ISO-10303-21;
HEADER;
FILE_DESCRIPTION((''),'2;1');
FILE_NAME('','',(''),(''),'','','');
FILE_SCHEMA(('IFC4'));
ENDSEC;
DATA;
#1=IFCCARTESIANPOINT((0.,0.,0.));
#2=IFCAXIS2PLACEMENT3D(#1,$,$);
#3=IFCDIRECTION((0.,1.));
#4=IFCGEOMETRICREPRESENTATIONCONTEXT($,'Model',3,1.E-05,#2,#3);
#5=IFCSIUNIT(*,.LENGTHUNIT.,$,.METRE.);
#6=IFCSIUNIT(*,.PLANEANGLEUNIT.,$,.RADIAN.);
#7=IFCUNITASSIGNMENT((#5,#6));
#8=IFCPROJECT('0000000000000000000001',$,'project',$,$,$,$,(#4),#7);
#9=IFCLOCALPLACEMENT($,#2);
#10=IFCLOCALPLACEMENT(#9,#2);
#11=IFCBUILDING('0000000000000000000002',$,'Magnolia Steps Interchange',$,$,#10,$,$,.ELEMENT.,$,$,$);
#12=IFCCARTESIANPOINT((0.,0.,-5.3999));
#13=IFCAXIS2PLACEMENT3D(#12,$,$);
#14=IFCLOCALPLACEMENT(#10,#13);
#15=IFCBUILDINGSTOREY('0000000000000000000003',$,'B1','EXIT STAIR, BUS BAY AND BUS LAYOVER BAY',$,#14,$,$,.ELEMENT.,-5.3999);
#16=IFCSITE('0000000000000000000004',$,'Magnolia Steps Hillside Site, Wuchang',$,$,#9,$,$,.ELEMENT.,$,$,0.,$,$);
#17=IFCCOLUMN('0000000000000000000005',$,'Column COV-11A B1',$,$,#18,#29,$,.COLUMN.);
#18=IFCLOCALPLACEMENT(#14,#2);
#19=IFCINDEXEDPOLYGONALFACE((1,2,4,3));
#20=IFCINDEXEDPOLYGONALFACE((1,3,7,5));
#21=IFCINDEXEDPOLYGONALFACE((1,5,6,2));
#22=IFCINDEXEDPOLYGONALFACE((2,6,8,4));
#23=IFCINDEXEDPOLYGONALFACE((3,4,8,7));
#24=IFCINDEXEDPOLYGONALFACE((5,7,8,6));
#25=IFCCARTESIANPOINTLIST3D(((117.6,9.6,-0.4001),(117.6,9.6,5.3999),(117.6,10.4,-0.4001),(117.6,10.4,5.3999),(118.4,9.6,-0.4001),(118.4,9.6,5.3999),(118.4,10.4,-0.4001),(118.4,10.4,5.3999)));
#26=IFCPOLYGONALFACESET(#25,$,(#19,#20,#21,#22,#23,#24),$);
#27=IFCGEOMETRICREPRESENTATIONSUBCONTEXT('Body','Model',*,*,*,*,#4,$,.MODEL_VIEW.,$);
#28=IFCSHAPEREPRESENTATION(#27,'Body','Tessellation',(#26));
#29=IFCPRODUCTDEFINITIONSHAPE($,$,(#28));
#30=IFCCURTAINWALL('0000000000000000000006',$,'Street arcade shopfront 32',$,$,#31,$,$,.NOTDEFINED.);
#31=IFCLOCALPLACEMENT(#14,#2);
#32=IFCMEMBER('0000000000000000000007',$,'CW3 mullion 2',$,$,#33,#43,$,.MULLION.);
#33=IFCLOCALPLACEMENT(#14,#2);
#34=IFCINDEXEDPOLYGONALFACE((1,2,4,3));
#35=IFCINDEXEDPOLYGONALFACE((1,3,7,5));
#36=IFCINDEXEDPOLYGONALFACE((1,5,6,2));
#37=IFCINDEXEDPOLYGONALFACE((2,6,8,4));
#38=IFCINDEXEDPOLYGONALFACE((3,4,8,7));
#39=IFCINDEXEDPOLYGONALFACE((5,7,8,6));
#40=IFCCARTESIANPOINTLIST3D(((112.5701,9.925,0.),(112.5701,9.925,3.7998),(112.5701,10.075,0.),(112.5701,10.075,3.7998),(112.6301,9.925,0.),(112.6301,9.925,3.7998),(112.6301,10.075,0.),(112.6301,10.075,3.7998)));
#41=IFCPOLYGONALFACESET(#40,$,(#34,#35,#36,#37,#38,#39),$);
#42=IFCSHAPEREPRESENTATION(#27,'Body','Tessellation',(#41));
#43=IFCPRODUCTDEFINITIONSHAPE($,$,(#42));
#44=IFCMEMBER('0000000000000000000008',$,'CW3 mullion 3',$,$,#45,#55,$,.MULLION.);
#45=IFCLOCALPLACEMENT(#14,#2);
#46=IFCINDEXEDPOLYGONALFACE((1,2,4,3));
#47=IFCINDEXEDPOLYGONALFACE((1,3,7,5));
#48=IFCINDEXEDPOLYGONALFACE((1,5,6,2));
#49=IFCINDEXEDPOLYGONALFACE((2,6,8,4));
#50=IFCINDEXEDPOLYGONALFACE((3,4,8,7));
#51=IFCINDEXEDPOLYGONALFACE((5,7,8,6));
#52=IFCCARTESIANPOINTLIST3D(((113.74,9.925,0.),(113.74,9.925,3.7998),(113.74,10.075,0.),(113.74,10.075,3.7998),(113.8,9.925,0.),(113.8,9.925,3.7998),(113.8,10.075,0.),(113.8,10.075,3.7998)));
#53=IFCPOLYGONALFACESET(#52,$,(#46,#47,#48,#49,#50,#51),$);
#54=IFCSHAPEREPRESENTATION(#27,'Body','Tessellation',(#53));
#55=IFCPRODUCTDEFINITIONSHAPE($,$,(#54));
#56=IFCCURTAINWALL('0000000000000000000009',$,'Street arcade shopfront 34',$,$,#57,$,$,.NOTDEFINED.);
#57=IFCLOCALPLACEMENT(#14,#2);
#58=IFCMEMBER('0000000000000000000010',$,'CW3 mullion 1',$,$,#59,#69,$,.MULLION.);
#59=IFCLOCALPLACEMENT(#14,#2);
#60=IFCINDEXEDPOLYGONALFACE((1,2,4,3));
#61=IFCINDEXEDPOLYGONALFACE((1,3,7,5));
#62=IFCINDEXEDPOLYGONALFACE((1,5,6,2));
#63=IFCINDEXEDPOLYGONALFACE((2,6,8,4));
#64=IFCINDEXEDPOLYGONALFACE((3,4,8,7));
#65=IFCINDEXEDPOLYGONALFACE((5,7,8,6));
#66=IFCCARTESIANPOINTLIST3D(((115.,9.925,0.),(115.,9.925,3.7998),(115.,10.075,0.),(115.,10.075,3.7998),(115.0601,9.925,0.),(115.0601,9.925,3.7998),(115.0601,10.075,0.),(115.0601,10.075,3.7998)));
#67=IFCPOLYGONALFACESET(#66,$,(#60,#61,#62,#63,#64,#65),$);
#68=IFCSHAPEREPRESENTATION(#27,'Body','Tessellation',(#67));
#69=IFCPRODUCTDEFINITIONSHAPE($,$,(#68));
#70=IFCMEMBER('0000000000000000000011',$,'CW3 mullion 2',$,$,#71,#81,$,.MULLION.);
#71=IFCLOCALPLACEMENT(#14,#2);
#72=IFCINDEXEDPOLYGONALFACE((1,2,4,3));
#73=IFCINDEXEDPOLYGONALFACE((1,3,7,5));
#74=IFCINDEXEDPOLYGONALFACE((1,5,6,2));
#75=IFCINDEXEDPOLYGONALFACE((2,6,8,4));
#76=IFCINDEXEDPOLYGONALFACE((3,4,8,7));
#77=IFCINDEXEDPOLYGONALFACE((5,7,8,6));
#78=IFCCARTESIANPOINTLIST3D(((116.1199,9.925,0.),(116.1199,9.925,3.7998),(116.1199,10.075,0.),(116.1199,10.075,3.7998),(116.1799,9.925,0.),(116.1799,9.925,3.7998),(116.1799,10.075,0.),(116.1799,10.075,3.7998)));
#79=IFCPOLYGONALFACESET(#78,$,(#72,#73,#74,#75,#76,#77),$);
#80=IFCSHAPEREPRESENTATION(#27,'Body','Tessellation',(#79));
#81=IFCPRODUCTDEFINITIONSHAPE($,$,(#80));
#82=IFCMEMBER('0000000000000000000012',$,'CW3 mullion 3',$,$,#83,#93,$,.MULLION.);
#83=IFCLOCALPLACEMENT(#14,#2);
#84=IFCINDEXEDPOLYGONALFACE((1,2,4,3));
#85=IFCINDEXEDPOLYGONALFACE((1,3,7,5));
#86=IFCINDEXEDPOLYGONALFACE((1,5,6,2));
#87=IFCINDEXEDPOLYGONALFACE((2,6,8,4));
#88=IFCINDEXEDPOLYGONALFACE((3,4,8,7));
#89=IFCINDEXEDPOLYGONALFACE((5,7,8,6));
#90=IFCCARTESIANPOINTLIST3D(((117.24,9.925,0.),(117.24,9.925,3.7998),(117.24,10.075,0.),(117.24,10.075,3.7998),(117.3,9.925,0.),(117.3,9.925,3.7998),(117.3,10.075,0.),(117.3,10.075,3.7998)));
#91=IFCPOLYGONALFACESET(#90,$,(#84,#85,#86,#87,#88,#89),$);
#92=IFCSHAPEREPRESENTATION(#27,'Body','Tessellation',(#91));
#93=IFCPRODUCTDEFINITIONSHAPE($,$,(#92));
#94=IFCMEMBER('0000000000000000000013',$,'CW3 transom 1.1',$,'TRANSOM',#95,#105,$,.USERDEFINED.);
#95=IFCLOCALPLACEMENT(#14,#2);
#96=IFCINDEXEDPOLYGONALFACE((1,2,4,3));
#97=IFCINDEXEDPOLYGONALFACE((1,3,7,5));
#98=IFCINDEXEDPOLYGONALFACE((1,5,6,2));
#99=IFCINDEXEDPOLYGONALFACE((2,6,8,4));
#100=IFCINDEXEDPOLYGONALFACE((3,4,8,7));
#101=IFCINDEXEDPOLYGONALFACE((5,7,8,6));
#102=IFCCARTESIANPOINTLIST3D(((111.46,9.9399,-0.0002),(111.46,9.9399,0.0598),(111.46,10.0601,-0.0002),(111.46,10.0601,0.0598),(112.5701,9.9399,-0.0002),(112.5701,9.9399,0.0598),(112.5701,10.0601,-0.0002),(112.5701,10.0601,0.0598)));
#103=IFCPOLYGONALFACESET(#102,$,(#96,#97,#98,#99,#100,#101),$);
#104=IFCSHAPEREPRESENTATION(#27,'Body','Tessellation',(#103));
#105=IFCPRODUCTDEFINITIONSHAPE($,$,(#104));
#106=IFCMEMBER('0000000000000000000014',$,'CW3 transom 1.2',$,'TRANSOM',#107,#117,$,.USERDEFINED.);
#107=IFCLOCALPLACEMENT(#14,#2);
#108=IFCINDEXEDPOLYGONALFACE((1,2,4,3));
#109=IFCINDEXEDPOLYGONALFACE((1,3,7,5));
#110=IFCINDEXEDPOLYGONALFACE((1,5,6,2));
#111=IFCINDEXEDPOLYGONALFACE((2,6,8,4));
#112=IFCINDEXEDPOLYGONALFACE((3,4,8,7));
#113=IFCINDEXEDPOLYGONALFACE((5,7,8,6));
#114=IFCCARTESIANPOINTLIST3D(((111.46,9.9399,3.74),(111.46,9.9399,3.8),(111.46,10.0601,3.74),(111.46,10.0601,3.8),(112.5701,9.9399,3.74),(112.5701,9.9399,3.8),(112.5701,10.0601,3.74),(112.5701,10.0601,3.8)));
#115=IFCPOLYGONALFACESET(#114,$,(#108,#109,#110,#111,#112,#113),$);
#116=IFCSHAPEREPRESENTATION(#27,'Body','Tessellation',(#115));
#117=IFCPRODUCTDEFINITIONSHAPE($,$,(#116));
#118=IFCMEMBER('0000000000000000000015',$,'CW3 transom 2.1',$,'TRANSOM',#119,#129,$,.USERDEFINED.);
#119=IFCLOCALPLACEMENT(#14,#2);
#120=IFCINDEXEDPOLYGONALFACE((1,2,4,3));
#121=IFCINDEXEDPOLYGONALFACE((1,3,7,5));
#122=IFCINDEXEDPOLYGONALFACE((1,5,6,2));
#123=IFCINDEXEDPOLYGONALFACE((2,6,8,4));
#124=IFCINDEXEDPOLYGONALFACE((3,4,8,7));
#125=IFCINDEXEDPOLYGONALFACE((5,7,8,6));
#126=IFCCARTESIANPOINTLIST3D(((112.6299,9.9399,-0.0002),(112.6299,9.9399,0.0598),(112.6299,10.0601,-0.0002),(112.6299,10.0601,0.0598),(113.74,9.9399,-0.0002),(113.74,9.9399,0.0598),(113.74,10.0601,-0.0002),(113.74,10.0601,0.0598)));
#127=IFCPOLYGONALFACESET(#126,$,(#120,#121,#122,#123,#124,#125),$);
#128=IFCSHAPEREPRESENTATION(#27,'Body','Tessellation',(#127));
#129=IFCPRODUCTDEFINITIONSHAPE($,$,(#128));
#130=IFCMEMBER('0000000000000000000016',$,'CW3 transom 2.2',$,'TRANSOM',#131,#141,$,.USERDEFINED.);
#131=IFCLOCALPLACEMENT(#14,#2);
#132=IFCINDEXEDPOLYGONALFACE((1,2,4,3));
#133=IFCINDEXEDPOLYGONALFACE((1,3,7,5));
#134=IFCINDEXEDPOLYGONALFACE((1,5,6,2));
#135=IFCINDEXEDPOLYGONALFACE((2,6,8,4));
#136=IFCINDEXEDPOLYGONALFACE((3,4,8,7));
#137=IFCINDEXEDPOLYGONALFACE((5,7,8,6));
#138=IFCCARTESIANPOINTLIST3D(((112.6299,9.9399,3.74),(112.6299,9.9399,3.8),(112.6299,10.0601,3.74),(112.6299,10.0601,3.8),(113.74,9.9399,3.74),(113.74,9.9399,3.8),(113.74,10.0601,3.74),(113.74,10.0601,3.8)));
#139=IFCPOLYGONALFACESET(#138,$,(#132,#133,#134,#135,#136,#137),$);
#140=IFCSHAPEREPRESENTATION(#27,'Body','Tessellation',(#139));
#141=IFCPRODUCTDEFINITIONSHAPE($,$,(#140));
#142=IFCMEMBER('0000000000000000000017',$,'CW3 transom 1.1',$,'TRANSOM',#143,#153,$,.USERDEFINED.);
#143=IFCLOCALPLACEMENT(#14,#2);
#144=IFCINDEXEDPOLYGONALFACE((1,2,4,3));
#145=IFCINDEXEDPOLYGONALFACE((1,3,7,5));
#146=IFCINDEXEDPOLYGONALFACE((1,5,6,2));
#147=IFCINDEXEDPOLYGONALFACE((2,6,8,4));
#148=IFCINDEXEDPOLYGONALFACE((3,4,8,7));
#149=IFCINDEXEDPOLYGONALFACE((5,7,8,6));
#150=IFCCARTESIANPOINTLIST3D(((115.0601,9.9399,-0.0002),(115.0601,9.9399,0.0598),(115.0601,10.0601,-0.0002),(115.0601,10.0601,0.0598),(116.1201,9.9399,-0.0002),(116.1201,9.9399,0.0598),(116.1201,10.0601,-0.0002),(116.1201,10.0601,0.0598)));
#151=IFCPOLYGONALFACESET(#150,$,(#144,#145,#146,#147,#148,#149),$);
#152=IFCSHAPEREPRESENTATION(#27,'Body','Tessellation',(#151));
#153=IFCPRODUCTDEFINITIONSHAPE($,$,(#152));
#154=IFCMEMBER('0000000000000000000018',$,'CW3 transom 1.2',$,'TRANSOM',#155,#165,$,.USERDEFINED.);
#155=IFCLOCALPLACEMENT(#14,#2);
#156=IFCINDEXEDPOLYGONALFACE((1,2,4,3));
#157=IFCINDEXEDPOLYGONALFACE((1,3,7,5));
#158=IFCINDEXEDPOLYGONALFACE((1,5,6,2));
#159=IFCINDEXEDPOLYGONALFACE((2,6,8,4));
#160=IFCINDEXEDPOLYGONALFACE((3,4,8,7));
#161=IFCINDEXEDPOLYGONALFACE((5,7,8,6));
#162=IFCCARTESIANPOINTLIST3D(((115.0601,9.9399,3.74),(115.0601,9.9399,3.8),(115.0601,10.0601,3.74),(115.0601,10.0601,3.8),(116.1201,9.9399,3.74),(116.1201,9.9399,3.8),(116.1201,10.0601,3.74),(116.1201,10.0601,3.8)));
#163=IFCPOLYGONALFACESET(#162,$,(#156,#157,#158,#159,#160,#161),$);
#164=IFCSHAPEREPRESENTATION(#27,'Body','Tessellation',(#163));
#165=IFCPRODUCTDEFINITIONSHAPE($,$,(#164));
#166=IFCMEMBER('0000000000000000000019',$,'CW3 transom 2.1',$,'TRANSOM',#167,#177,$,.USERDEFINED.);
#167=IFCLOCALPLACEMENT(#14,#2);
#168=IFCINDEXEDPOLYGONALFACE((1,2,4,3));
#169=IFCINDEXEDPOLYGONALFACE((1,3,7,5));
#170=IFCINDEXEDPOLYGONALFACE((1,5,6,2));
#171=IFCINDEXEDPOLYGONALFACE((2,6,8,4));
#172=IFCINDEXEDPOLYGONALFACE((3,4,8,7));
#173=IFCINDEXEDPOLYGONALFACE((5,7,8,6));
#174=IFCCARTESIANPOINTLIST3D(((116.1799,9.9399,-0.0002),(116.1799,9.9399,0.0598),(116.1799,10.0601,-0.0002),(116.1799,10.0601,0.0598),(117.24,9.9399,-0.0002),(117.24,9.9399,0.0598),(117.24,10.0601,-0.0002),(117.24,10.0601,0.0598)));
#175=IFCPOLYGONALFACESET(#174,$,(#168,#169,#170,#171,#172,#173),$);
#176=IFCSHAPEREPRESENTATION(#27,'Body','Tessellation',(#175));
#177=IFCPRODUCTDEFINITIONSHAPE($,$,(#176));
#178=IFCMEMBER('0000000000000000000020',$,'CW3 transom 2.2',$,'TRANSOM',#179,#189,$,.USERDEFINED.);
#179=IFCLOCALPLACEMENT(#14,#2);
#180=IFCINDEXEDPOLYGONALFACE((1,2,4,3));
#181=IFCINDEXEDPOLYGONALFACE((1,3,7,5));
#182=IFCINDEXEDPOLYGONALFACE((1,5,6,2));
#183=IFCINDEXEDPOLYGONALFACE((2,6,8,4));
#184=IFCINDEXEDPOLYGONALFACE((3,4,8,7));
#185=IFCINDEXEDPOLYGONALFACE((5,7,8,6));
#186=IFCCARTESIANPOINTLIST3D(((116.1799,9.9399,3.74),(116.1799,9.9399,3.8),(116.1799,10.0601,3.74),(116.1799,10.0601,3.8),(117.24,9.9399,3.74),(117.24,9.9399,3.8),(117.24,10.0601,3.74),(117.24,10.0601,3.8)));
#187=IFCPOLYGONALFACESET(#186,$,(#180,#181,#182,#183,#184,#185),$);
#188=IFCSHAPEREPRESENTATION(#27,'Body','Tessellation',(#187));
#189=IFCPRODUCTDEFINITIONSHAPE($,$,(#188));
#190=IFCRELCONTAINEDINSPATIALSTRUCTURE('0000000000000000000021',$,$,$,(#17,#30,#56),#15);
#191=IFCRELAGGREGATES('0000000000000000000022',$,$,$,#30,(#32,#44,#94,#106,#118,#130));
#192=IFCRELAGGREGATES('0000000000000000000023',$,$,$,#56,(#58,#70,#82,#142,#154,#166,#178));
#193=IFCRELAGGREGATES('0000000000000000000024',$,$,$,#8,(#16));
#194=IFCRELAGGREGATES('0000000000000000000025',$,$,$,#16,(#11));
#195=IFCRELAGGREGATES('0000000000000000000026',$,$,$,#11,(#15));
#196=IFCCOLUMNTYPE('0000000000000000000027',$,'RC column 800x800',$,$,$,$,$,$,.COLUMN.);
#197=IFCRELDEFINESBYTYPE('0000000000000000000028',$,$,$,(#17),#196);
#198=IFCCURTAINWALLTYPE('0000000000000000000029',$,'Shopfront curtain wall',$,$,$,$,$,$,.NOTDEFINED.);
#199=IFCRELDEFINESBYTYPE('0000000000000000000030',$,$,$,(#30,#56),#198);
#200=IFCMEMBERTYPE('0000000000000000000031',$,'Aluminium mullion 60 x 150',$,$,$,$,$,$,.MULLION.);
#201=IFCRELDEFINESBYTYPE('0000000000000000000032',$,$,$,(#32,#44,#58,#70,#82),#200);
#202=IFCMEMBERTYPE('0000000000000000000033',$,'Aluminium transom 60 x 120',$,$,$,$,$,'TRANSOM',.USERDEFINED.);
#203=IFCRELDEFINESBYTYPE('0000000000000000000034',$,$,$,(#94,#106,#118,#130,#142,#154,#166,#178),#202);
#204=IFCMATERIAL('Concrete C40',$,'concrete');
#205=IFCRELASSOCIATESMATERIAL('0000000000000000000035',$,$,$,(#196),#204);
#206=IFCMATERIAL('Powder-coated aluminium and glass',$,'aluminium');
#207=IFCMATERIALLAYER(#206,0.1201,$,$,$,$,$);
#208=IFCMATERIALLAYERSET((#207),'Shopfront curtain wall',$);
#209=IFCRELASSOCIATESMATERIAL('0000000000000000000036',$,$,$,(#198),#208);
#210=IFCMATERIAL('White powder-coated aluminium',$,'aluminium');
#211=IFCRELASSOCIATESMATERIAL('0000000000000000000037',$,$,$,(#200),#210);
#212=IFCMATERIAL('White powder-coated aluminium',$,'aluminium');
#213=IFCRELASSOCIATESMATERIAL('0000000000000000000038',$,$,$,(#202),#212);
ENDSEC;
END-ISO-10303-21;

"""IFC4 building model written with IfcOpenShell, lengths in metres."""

from ifc_helpers import new_model, si_unit, direction, frame, origin, origin_2d, place, context, subcontext, project, spatial, rectangle, extrude, material, layer, layer_set, material_profile, profile_set, type_object, element, aggregate, save


model = new_model("IFC4")

# Units and contexts
model_context = context("Model", 3, precision=1e-05, world=origin(), true_north=direction((0.0, 1.0)))
body_context = subcontext(model_context, "Body", "Model", "MODEL_VIEW")
ifc_project = project(units=[si_unit("LENGTHUNIT", "METRE"), si_unit("PLANEANGLEUNIT", "RADIAN")], contexts=[model_context])

# Site, building, storey
site_placement = place(None, origin())
site = spatial("IfcSite", under=ifc_project, at=site_placement, Name="Magnolia Steps Hillside Site, Wuchang", CompositionType="ELEMENT", RefElevation=0.0)
building_placement = place(site_placement, origin())
building = spatial("IfcBuilding", under=site, at=building_placement, Name="Magnolia Steps Interchange", CompositionType="ELEMENT")
storey_placement = place(building_placement, frame((0.0, 0.0, -5.3999)))
storey = spatial("IfcBuildingStorey", under=building, at=storey_placement, Name="B1", Description="EXIT STAIR, BUS BAY AND BUS LAYOVER BAY", CompositionType="ELEMENT", Elevation=-5.3999)

# Column
ifc_material_1 = material(Name="Concrete C40", Category="concrete")
ifc_material_profile_1 = material_profile(ifc_material_1, rectangle(XDim=0.8, YDim=0.8, at=origin_2d()), Name="RC800x800")
ifc_profile_set_1 = profile_set([ifc_material_profile_1], Name="Concrete C40")
column_type = type_object("IfcColumnType", Name="RC column 800x800", PredefinedType="COLUMN", material=ifc_profile_set_1)
column_placement = place(storey_placement, frame((118.0, 10.0, -0.4001), z_axis=(0.0, 0.0, 1.0), x_axis=(1.0, 0.0, 0.0)))
element("IfcColumn", 1, at=column_placement, inside=storey, type_object=column_type, Name="Column COV-11A B1", PredefinedType="COLUMN", context=body_context, shape_type="SweptSolid", body=[
    extrude(rectangle(XDim=0.8, YDim=0.8, at=origin_2d()), origin(), (0.0, 0.0, 1.0), 5.8),
])

# Curtain walls, members
ifc_material_2 = material(Name="Powder-coated aluminium and glass", Category="aluminium")
ifc_layer_1 = layer(ifc_material_2, 0.1201)
ifc_layer_set_1 = layer_set([ifc_layer_1], Name="Shopfront curtain wall")
curtain_wall_type = type_object("IfcCurtainWallType", Name="Shopfront curtain wall", PredefinedType="NOTDEFINED", material=ifc_layer_set_1)
curtain_wall_1_placement = place(storey_placement, origin())
curtain_wall_1 = element("IfcCurtainWall", 2, at=curtain_wall_1_placement, inside=storey, type_object=curtain_wall_type, Name="Street arcade shopfront 32", PredefinedType="NOTDEFINED")
ifc_material_3 = material(Name="White powder-coated aluminium", Category="aluminium")
ifc_material_profile_2 = material_profile(ifc_material_3, rectangle(XDim=0.0601, YDim=0.1499, at=origin_2d()), Name="Aluminium mullion 60 x 150")
ifc_profile_set_2 = profile_set([ifc_material_profile_2], Name="White powder-coated aluminium")
member_type_1 = type_object("IfcMemberType", Name="Aluminium mullion 60 x 150", PredefinedType="MULLION", material=ifc_profile_set_2)
member_1_placement = place(storey_placement, frame((112.6001, 10.0, 0.0), z_axis=(0.0, 0.0, 1.0), x_axis=(1.0, 0.0, 0.0)))
member_1 = element("IfcMember", 3, at=member_1_placement, type_object=member_type_1, Name="CW3 mullion 2", PredefinedType="MULLION", context=body_context, shape_type="SweptSolid", body=[
    extrude(rectangle(XDim=0.0601, YDim=0.1499, at=origin_2d()), origin(), (0.0, 0.0, 1.0), 3.7998),
])
member_2_placement = place(storey_placement, frame((113.77, 10.0, 0.0), z_axis=(0.0, 0.0, 1.0), x_axis=(1.0, 0.0, 0.0)))
member_2 = element("IfcMember", 4, at=member_2_placement, type_object=member_type_1, Name="CW3 mullion 3", PredefinedType="MULLION", context=body_context, shape_type="SweptSolid", body=[
    extrude(rectangle(XDim=0.0601, YDim=0.1499, at=origin_2d()), origin(), (0.0, 0.0, 1.0), 3.7998),
])
curtain_wall_2_placement = place(storey_placement, origin())
curtain_wall_2 = element("IfcCurtainWall", 5, at=curtain_wall_2_placement, inside=storey, type_object=curtain_wall_type, Name="Street arcade shopfront 34", PredefinedType="NOTDEFINED")
member_3_placement = place(storey_placement, frame((115.03, 10.0, 0.0), z_axis=(0.0, 0.0, 1.0), x_axis=(1.0, 0.0, 0.0)))
member_3 = element("IfcMember", 6, at=member_3_placement, type_object=member_type_1, Name="CW3 mullion 1", PredefinedType="MULLION", context=body_context, shape_type="SweptSolid", body=[
    extrude(rectangle(XDim=0.0601, YDim=0.1499, at=origin_2d()), origin(), (0.0, 0.0, 1.0), 3.7998),
])
member_4_placement = place(storey_placement, frame((116.1499, 10.0, 0.0), z_axis=(0.0, 0.0, 1.0), x_axis=(1.0, 0.0, 0.0)))
member_4 = element("IfcMember", 7, at=member_4_placement, type_object=member_type_1, Name="CW3 mullion 2", PredefinedType="MULLION", context=body_context, shape_type="SweptSolid", body=[
    extrude(rectangle(XDim=0.0601, YDim=0.1499, at=origin_2d()), origin(), (0.0, 0.0, 1.0), 3.7998),
])
member_5_placement = place(storey_placement, frame((117.27, 10.0, 0.0), z_axis=(0.0, 0.0, 1.0), x_axis=(1.0, 0.0, 0.0)))
member_5 = element("IfcMember", 8, at=member_5_placement, type_object=member_type_1, Name="CW3 mullion 3", PredefinedType="MULLION", context=body_context, shape_type="SweptSolid", body=[
    extrude(rectangle(XDim=0.0601, YDim=0.1499, at=origin_2d()), origin(), (0.0, 0.0, 1.0), 3.7998),
])

# Members
ifc_material_4 = material(Name="White powder-coated aluminium", Category="aluminium")
ifc_material_profile_3 = material_profile(ifc_material_4, rectangle(XDim=0.0601, YDim=0.1201, at=origin_2d()), Name="Aluminium transom 60 x 120")
ifc_profile_set_3 = profile_set([ifc_material_profile_3], Name="White powder-coated aluminium")
member_type_2 = type_object("IfcMemberType", Name="Aluminium transom 60 x 120", ElementType="TRANSOM", PredefinedType="USERDEFINED", material=ifc_profile_set_3)
member_6_placement = place(storey_placement, frame((111.46, 10.0, 0.0298), z_axis=(1.0, 0.0, 0.0), x_axis=(0.0, 0.0, 1.0)))
member_6 = element("IfcMember", 9, at=member_6_placement, type_object=member_type_2, Name="CW3 transom 1.1", ObjectType="TRANSOM", PredefinedType="USERDEFINED", context=body_context, shape_type="SweptSolid", body=[
    extrude(rectangle(XDim=0.0601, YDim=0.1201, at=origin_2d()), origin(), (0.0, 0.0, 1.0), 1.1101),
])
member_7_placement = place(storey_placement, frame((111.46, 10.0, 3.77), z_axis=(1.0, 0.0, 0.0), x_axis=(0.0, 0.0, 1.0)))
member_7 = element("IfcMember", 10, at=member_7_placement, type_object=member_type_2, Name="CW3 transom 1.2", ObjectType="TRANSOM", PredefinedType="USERDEFINED", context=body_context, shape_type="SweptSolid", body=[
    extrude(rectangle(XDim=0.0601, YDim=0.1201, at=origin_2d()), origin(), (0.0, 0.0, 1.0), 1.1101),
])
member_8_placement = place(storey_placement, frame((112.6299, 10.0, 0.0298), z_axis=(1.0, 0.0, 0.0), x_axis=(0.0, 0.0, 1.0)))
member_8 = element("IfcMember", 11, at=member_8_placement, type_object=member_type_2, Name="CW3 transom 2.1", ObjectType="TRANSOM", PredefinedType="USERDEFINED", context=body_context, shape_type="SweptSolid", body=[
    extrude(rectangle(XDim=0.0601, YDim=0.1201, at=origin_2d()), origin(), (0.0, 0.0, 1.0), 1.1101),
])
member_9_placement = place(storey_placement, frame((112.6299, 10.0, 3.77), z_axis=(1.0, 0.0, 0.0), x_axis=(0.0, 0.0, 1.0)))
member_9 = element("IfcMember", 12, at=member_9_placement, type_object=member_type_2, Name="CW3 transom 2.2", ObjectType="TRANSOM", PredefinedType="USERDEFINED", context=body_context, shape_type="SweptSolid", body=[
    extrude(rectangle(XDim=0.0601, YDim=0.1201, at=origin_2d()), origin(), (0.0, 0.0, 1.0), 1.1101),
])
member_10_placement = place(storey_placement, frame((115.0601, 10.0, 0.0298), z_axis=(1.0, 0.0, 0.0), x_axis=(0.0, 0.0, 1.0)))
member_10 = element("IfcMember", 13, at=member_10_placement, type_object=member_type_2, Name="CW3 transom 1.1", ObjectType="TRANSOM", PredefinedType="USERDEFINED", context=body_context, shape_type="SweptSolid", body=[
    extrude(rectangle(XDim=0.0601, YDim=0.1201, at=origin_2d()), origin(), (0.0, 0.0, 1.0), 1.0601),
])
member_11_placement = place(storey_placement, frame((115.0601, 10.0, 3.77), z_axis=(1.0, 0.0, 0.0), x_axis=(0.0, 0.0, 1.0)))
member_11 = element("IfcMember", 14, at=member_11_placement, type_object=member_type_2, Name="CW3 transom 1.2", ObjectType="TRANSOM", PredefinedType="USERDEFINED", context=body_context, shape_type="SweptSolid", body=[
    extrude(rectangle(XDim=0.0601, YDim=0.1201, at=origin_2d()), origin(), (0.0, 0.0, 1.0), 1.0601),
])
member_12_placement = place(storey_placement, frame((116.1799, 10.0, 0.0298), z_axis=(1.0, 0.0, 0.0), x_axis=(0.0, 0.0, 1.0)))
member_12 = element("IfcMember", 15, at=member_12_placement, type_object=member_type_2, Name="CW3 transom 2.1", ObjectType="TRANSOM", PredefinedType="USERDEFINED", context=body_context, shape_type="SweptSolid", body=[
    extrude(rectangle(XDim=0.0601, YDim=0.1201, at=origin_2d()), origin(), (0.0, 0.0, 1.0), 1.0601),
])
member_13_placement = place(storey_placement, frame((116.1799, 10.0, 3.77), z_axis=(1.0, 0.0, 0.0), x_axis=(0.0, 0.0, 1.0)))
member_13 = element("IfcMember", 16, at=member_13_placement, type_object=member_type_2, Name="CW3 transom 2.2", ObjectType="TRANSOM", PredefinedType="USERDEFINED", context=body_context, shape_type="SweptSolid", body=[
    extrude(rectangle(XDim=0.0601, YDim=0.1201, at=origin_2d()), origin(), (0.0, 0.0, 1.0), 1.0601),
])

aggregate(curtain_wall_1, [member_1, member_2, member_6, member_7, member_8, member_9])
aggregate(curtain_wall_2, [member_3, member_4, member_5, member_10, member_11, member_12, member_13])

save(model, "model.ifc")
